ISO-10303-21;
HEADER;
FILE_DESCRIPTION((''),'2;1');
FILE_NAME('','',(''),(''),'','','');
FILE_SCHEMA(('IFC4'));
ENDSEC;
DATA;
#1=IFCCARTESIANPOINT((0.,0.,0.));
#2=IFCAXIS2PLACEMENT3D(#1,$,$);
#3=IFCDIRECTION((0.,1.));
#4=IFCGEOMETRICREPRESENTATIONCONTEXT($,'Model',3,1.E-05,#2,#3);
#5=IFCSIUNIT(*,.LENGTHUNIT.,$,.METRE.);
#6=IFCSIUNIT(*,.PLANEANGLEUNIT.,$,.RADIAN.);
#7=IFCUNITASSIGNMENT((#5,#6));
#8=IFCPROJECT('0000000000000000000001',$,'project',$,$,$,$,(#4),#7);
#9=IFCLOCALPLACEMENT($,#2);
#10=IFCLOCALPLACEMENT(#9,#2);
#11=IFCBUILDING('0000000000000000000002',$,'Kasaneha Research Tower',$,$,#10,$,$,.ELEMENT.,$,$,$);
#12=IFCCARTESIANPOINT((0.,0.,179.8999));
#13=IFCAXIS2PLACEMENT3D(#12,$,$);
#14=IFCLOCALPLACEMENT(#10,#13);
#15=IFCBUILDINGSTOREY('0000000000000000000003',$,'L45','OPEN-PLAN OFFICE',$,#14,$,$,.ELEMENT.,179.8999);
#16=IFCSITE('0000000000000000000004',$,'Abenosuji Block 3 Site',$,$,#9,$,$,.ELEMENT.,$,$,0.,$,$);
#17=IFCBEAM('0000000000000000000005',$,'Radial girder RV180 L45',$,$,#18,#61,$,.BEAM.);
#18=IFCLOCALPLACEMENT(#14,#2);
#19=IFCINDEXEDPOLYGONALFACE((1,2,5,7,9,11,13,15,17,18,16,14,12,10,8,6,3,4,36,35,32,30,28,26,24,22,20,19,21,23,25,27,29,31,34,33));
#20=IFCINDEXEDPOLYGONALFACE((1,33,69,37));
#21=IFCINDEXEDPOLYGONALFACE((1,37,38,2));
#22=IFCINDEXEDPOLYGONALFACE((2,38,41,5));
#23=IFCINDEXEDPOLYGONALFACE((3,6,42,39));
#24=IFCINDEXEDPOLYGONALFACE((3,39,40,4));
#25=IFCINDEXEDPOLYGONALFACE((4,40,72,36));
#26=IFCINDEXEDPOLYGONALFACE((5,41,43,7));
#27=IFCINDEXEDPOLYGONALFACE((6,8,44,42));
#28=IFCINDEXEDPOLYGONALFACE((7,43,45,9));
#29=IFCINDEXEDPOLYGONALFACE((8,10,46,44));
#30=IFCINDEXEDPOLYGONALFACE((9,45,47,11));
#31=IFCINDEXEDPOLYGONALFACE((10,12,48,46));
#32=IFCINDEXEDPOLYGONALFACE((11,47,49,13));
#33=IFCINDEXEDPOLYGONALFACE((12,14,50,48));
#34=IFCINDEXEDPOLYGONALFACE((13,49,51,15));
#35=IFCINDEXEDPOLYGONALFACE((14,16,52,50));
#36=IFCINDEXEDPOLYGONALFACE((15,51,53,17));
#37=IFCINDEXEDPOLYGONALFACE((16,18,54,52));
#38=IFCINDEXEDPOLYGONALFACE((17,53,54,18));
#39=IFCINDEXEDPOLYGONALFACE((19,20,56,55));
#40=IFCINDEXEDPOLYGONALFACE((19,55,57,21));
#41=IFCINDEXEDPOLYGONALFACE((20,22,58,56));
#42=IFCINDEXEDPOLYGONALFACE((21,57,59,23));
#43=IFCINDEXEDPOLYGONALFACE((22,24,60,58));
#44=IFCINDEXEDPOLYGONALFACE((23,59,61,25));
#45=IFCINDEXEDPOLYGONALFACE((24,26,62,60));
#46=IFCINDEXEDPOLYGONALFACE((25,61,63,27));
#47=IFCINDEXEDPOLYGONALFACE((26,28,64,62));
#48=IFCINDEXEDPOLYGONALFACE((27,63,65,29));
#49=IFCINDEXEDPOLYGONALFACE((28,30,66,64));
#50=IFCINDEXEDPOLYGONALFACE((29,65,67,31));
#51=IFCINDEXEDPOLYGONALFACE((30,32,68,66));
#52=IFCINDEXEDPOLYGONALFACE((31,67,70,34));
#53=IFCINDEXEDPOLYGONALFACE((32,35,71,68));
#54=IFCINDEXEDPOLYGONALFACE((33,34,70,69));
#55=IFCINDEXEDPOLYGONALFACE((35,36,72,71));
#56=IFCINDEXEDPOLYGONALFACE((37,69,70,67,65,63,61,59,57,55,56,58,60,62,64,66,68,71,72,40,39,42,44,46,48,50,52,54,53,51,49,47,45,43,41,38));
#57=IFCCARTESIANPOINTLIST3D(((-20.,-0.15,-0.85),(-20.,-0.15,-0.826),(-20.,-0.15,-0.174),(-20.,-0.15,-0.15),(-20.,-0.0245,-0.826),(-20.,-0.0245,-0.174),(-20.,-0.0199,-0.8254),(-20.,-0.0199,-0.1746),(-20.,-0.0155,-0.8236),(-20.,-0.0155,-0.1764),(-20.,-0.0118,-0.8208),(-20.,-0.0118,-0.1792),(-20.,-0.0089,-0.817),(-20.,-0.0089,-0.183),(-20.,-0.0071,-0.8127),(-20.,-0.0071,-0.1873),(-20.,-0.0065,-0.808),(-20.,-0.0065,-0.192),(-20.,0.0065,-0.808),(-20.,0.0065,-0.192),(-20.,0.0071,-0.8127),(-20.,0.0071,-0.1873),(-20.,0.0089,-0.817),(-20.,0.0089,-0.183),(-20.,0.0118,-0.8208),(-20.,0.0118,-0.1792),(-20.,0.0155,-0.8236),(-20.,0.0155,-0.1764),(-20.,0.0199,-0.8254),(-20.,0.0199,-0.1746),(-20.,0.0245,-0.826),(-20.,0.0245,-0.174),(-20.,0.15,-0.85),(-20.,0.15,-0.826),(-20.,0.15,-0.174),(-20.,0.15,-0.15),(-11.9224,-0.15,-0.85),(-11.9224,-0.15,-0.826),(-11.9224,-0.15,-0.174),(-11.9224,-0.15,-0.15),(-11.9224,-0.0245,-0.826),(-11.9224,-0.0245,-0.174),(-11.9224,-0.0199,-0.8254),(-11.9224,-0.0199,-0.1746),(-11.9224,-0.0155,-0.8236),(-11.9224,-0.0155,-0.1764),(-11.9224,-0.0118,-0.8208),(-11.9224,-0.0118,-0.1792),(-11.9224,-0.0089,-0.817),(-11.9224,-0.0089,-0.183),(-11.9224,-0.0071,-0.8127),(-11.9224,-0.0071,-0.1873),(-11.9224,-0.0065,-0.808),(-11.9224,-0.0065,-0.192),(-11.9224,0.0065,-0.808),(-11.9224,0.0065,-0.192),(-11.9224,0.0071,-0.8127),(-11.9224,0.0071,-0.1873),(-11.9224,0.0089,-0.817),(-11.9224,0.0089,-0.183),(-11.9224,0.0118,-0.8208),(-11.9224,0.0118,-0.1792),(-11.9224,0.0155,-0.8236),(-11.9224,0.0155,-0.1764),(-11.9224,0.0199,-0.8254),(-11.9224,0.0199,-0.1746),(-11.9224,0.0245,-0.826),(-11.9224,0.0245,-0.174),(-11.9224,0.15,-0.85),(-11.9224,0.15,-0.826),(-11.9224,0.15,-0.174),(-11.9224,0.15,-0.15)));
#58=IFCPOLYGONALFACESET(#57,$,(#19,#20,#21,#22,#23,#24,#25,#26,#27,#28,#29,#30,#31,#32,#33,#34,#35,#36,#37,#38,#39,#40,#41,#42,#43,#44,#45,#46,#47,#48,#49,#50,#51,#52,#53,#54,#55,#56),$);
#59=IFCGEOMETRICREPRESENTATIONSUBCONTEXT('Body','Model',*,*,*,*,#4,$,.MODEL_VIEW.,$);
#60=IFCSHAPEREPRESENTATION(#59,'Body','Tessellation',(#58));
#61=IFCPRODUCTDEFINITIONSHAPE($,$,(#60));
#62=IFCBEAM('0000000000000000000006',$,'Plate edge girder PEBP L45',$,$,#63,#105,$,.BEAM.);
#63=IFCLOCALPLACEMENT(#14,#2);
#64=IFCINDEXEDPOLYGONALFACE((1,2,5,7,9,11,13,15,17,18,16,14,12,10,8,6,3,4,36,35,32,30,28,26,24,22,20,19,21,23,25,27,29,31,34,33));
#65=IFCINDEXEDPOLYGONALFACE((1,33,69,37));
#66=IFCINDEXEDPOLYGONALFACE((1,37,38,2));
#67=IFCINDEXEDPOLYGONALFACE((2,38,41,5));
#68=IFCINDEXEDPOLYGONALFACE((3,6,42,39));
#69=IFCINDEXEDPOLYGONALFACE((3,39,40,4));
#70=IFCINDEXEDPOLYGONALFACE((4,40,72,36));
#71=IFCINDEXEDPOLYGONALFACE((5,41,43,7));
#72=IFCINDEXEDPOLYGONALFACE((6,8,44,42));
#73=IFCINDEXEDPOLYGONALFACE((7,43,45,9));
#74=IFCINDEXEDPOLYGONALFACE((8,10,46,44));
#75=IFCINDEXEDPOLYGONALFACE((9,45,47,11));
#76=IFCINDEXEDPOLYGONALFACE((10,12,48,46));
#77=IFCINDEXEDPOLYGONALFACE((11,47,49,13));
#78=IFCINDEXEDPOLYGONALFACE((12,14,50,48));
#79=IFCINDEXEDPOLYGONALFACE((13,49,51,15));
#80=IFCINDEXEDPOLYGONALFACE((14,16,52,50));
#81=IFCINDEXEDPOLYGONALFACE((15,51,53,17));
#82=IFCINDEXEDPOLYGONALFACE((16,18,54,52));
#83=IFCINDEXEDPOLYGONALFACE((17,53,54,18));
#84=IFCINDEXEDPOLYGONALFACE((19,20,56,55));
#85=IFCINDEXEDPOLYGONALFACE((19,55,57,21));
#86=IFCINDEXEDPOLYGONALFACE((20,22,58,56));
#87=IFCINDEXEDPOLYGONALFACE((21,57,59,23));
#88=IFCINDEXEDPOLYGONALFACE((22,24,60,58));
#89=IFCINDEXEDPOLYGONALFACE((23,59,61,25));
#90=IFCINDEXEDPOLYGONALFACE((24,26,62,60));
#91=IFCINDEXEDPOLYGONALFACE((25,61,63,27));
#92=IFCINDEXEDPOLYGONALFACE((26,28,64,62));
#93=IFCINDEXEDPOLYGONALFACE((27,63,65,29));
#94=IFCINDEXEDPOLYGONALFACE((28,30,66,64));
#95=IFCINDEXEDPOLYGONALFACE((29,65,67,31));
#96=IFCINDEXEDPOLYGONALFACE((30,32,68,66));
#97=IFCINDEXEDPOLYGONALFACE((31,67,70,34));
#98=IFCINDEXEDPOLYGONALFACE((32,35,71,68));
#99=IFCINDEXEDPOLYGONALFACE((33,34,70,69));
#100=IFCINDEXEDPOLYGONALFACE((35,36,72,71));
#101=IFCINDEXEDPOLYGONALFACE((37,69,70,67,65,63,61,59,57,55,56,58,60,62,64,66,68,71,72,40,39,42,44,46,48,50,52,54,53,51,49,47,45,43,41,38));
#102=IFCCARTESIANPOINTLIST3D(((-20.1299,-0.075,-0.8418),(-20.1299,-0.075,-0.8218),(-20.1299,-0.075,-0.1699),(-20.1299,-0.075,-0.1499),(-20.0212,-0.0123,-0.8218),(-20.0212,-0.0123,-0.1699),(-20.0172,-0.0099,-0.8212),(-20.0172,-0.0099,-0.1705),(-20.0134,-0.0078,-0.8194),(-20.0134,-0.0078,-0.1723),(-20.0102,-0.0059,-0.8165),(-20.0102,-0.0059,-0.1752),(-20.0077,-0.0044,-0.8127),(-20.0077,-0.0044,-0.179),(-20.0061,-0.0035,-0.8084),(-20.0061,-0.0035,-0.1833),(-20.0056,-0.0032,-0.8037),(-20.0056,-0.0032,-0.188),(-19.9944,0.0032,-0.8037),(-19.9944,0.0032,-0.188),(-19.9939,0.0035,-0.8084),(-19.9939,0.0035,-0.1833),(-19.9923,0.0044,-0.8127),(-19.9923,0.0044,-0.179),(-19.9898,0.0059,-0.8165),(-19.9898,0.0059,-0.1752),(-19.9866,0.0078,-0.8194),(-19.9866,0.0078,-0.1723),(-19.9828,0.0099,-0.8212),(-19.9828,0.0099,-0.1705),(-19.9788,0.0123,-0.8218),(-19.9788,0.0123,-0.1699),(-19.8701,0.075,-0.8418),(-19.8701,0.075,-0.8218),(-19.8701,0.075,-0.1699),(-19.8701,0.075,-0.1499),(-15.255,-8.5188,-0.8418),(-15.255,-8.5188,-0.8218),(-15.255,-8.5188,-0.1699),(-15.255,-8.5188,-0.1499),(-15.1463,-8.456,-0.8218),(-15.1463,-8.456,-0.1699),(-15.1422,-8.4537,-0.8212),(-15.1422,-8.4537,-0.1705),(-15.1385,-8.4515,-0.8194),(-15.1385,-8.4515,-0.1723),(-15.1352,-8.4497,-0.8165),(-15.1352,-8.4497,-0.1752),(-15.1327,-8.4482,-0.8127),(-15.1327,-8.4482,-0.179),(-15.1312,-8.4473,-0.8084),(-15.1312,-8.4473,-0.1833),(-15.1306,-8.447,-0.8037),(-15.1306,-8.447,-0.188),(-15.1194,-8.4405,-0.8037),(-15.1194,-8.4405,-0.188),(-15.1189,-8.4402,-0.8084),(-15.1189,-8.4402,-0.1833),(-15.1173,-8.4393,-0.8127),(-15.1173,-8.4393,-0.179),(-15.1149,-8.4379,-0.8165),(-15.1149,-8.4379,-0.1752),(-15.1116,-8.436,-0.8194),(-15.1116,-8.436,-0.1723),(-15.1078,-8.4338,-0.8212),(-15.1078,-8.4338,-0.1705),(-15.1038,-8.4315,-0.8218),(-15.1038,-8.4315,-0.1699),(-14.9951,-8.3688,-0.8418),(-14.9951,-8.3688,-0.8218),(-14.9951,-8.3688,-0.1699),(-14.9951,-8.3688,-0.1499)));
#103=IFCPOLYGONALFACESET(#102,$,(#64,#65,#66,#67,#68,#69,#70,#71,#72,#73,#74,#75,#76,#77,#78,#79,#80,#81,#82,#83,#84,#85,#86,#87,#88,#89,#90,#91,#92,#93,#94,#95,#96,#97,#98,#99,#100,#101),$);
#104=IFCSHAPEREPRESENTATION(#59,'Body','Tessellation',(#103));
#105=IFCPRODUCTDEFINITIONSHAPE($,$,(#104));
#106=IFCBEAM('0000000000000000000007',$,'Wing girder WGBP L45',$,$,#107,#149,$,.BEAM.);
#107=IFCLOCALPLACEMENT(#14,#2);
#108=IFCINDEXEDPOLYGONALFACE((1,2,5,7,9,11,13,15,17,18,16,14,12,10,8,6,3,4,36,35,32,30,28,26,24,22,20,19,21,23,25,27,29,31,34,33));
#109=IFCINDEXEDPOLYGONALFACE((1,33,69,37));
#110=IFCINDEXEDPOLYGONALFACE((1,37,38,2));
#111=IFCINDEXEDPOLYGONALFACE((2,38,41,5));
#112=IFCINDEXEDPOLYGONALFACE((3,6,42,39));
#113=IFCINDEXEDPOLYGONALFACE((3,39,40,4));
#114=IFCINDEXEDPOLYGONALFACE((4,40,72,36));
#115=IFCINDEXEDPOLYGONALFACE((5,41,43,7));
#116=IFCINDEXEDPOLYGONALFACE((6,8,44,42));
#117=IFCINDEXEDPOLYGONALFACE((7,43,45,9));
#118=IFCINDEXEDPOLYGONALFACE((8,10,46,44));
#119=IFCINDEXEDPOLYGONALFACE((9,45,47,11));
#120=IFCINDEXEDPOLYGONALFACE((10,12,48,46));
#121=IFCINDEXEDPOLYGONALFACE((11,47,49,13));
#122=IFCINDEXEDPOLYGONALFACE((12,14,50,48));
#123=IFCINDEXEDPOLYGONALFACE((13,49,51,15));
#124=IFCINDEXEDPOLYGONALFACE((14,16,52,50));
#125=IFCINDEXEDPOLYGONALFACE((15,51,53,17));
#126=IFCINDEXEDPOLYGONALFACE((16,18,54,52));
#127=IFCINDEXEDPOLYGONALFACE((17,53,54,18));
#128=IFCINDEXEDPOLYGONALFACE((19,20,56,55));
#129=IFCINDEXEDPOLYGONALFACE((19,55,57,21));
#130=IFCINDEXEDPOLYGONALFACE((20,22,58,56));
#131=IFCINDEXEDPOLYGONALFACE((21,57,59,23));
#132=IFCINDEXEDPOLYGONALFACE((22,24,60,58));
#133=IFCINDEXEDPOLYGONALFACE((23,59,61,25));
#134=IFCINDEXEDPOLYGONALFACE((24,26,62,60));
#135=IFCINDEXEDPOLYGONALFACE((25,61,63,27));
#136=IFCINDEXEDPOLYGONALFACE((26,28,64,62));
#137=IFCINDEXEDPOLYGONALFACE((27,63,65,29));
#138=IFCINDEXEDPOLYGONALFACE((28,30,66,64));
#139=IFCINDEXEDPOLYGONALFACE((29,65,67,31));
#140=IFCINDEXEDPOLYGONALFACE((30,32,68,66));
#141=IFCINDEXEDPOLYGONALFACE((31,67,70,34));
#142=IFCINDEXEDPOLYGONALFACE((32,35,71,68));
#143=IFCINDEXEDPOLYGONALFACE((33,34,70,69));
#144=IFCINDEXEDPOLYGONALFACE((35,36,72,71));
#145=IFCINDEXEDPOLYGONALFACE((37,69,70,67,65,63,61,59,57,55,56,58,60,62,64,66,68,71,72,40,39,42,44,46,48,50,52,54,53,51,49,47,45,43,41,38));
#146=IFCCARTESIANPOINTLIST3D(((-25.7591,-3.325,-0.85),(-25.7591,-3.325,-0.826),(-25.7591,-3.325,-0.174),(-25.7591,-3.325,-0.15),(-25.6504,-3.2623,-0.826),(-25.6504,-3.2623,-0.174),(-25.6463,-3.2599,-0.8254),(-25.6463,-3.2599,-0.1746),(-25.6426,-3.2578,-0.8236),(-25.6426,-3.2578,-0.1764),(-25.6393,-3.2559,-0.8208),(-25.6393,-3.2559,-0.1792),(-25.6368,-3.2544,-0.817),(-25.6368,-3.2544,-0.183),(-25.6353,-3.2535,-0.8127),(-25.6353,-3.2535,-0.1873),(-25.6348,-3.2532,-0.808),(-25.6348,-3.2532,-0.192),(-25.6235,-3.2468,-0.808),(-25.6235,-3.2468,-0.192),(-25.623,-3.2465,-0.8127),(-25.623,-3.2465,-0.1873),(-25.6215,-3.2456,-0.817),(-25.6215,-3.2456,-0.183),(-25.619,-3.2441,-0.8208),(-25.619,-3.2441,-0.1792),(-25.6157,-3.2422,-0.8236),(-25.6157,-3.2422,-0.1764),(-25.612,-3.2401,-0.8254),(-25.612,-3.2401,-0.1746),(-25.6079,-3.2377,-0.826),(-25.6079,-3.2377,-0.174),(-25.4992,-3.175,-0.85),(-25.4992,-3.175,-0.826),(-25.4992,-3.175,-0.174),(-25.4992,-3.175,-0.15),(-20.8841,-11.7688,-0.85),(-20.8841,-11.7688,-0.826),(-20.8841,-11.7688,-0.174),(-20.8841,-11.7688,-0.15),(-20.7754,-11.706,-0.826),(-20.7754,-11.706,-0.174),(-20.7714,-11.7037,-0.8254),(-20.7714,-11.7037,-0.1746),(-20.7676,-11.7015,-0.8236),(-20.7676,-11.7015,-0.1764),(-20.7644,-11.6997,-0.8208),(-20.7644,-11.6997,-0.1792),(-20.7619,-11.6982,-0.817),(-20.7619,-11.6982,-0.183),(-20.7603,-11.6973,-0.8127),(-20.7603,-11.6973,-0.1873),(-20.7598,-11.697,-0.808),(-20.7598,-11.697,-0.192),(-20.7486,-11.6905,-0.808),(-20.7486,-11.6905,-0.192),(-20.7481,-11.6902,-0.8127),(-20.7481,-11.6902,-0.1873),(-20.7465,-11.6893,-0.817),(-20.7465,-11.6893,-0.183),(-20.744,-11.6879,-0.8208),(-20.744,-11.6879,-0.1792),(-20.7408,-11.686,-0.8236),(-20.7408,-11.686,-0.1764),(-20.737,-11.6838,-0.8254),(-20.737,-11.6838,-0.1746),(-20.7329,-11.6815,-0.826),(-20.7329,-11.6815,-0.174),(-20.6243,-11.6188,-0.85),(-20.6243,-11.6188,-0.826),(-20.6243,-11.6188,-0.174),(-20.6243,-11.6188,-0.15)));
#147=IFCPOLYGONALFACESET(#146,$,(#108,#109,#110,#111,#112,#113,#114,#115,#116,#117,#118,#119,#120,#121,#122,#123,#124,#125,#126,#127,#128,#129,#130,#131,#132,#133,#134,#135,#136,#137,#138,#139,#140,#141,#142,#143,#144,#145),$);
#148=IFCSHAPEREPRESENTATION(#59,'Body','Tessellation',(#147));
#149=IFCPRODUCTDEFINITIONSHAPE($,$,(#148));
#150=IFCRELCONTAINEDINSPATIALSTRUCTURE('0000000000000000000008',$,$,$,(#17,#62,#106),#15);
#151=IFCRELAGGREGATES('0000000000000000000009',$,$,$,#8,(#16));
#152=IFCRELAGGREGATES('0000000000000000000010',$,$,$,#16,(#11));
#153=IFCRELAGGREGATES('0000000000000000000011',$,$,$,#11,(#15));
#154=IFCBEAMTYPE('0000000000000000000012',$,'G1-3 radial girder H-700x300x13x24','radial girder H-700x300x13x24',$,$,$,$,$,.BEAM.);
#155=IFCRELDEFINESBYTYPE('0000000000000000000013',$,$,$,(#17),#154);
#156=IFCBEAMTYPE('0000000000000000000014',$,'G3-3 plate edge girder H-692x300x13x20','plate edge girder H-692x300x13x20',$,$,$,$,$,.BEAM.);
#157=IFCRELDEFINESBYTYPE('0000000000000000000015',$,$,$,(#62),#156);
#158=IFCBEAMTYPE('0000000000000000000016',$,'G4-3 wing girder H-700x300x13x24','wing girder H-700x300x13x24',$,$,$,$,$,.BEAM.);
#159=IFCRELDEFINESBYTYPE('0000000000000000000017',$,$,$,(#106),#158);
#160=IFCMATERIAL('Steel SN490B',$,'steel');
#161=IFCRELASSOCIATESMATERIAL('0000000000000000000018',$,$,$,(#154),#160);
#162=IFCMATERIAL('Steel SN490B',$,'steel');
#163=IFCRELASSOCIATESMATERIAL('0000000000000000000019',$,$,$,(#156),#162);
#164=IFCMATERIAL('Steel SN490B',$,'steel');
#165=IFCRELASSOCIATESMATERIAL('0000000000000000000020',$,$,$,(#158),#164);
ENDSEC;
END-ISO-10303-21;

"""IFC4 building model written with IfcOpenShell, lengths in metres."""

from ifc_helpers import new_model, si_unit, direction, frame, origin, origin_2d, place, context, subcontext, project, spatial, i_section, extrude, material, material_profile, profile_set, type_object, element, save


model = new_model("IFC4")

# Units and contexts
model_context = context("Model", 3, precision=1e-05, world=origin(), true_north=direction((0.0, 1.0)))
body_context = subcontext(model_context, "Body", "Model", "MODEL_VIEW")
ifc_project = project(units=[si_unit("LENGTHUNIT", "METRE"), si_unit("PLANEANGLEUNIT", "RADIAN")], contexts=[model_context])

# Site, building, storey
site_placement = place(None, origin())
site = spatial("IfcSite", under=ifc_project, at=site_placement, Name="Abenosuji Block 3 Site", CompositionType="ELEMENT", RefElevation=0.0)
building_placement = place(site_placement, origin())
building = spatial("IfcBuilding", under=site, at=building_placement, Name="Kasaneha Research Tower", CompositionType="ELEMENT")
storey_placement = place(building_placement, frame((0.0, 0.0, 179.8999)))
storey = spatial("IfcBuildingStorey", under=building, at=storey_placement, Name="L45", Description="OPEN-PLAN OFFICE", CompositionType="ELEMENT", Elevation=179.8999)

# Beams
ifc_material_1 = material(Name="Steel SN490B", Category="steel")
ifc_material_profile_1 = material_profile(ifc_material_1, i_section(OverallWidth=0.3, OverallDepth=0.7, WebThickness=0.0129, FlangeThickness=0.0239, FilletRadius=0.0181, at=origin_2d()), Name="H-700x300x13x24")
ifc_profile_set_1 = profile_set([ifc_material_profile_1], Name="Steel SN490B")
beam_type_1 = type_object("IfcBeamType", Name="G1-3 radial girder H-700x300x13x24", Description="radial girder H-700x300x13x24", PredefinedType="BEAM", material=ifc_profile_set_1)
beam_1_placement = place(storey_placement, frame((-11.9224, 0.0, -0.5), z_axis=(-1.0, 0.0, 0.0), x_axis=(0.0, -1.0, 0.0)))
element("IfcBeam", 1, at=beam_1_placement, inside=storey, type_object=beam_type_1, Name="Radial girder RV180 L45", PredefinedType="BEAM", context=body_context, shape_type="SweptSolid", body=[
    extrude(i_section(OverallWidth=0.3, OverallDepth=0.7, WebThickness=0.0129, FlangeThickness=0.0239, FilletRadius=0.0181, at=origin_2d()), origin(), (0.0, 0.0, 1.0), 8.0776),
])
ifc_material_2 = material(Name="Steel SN490B", Category="steel")
ifc_material_profile_2 = material_profile(ifc_material_2, i_section(OverallWidth=0.3, OverallDepth=0.6919, WebThickness=0.0129, FlangeThickness=0.02, FilletRadius=0.0181, at=origin_2d()), Name="H-692x300x13x20")
ifc_profile_set_2 = profile_set([ifc_material_profile_2], Name="Steel SN490B")
beam_type_2 = type_object("IfcBeamType", Name="G3-3 plate edge girder H-692x300x13x20", Description="plate edge girder H-692x300x13x20", PredefinedType="BEAM", material=ifc_profile_set_2)
beam_2_placement = place(storey_placement, frame((-20.0, 0.0, -0.4958), z_axis=(0.499996, -0.866028, 0.0), x_axis=(0.866028, 0.499996, 0.0)))
element("IfcBeam", 2, at=beam_2_placement, inside=storey, type_object=beam_type_2, Name="Plate edge girder PEBP L45", PredefinedType="BEAM", context=body_context, shape_type="SweptSolid", body=[
    extrude(i_section(OverallWidth=0.3, OverallDepth=0.6919, WebThickness=0.0129, FlangeThickness=0.02, FilletRadius=0.0181, at=origin_2d()), origin(), (0.0, 0.0, 1.0), 9.75),
])
ifc_material_3 = material(Name="Steel SN490B", Category="steel")
ifc_material_profile_3 = material_profile(ifc_material_3, i_section(OverallWidth=0.3, OverallDepth=0.7, WebThickness=0.0129, FlangeThickness=0.0239, FilletRadius=0.0181, at=origin_2d()), Name="H-700x300x13x24")
ifc_profile_set_3 = profile_set([ifc_material_profile_3], Name="Steel SN490B")
beam_type_3 = type_object("IfcBeamType", Name="G4-3 wing girder H-700x300x13x24", Description="wing girder H-700x300x13x24", PredefinedType="BEAM", material=ifc_profile_set_3)
beam_3_placement = place(storey_placement, frame((-25.6292, -3.25, -0.5), z_axis=(0.499996, -0.866028, 0.0), x_axis=(0.866028, 0.499996, 0.0)))
element("IfcBeam", 3, at=beam_3_placement, inside=storey, type_object=beam_type_3, Name="Wing girder WGBP L45", PredefinedType="BEAM", context=body_context, shape_type="SweptSolid", body=[
    extrude(i_section(OverallWidth=0.3, OverallDepth=0.7, WebThickness=0.0129, FlangeThickness=0.0239, FilletRadius=0.0181, at=origin_2d()), origin(), (0.0, 0.0, 1.0), 9.75),
])

save(model, "model.ifc")
